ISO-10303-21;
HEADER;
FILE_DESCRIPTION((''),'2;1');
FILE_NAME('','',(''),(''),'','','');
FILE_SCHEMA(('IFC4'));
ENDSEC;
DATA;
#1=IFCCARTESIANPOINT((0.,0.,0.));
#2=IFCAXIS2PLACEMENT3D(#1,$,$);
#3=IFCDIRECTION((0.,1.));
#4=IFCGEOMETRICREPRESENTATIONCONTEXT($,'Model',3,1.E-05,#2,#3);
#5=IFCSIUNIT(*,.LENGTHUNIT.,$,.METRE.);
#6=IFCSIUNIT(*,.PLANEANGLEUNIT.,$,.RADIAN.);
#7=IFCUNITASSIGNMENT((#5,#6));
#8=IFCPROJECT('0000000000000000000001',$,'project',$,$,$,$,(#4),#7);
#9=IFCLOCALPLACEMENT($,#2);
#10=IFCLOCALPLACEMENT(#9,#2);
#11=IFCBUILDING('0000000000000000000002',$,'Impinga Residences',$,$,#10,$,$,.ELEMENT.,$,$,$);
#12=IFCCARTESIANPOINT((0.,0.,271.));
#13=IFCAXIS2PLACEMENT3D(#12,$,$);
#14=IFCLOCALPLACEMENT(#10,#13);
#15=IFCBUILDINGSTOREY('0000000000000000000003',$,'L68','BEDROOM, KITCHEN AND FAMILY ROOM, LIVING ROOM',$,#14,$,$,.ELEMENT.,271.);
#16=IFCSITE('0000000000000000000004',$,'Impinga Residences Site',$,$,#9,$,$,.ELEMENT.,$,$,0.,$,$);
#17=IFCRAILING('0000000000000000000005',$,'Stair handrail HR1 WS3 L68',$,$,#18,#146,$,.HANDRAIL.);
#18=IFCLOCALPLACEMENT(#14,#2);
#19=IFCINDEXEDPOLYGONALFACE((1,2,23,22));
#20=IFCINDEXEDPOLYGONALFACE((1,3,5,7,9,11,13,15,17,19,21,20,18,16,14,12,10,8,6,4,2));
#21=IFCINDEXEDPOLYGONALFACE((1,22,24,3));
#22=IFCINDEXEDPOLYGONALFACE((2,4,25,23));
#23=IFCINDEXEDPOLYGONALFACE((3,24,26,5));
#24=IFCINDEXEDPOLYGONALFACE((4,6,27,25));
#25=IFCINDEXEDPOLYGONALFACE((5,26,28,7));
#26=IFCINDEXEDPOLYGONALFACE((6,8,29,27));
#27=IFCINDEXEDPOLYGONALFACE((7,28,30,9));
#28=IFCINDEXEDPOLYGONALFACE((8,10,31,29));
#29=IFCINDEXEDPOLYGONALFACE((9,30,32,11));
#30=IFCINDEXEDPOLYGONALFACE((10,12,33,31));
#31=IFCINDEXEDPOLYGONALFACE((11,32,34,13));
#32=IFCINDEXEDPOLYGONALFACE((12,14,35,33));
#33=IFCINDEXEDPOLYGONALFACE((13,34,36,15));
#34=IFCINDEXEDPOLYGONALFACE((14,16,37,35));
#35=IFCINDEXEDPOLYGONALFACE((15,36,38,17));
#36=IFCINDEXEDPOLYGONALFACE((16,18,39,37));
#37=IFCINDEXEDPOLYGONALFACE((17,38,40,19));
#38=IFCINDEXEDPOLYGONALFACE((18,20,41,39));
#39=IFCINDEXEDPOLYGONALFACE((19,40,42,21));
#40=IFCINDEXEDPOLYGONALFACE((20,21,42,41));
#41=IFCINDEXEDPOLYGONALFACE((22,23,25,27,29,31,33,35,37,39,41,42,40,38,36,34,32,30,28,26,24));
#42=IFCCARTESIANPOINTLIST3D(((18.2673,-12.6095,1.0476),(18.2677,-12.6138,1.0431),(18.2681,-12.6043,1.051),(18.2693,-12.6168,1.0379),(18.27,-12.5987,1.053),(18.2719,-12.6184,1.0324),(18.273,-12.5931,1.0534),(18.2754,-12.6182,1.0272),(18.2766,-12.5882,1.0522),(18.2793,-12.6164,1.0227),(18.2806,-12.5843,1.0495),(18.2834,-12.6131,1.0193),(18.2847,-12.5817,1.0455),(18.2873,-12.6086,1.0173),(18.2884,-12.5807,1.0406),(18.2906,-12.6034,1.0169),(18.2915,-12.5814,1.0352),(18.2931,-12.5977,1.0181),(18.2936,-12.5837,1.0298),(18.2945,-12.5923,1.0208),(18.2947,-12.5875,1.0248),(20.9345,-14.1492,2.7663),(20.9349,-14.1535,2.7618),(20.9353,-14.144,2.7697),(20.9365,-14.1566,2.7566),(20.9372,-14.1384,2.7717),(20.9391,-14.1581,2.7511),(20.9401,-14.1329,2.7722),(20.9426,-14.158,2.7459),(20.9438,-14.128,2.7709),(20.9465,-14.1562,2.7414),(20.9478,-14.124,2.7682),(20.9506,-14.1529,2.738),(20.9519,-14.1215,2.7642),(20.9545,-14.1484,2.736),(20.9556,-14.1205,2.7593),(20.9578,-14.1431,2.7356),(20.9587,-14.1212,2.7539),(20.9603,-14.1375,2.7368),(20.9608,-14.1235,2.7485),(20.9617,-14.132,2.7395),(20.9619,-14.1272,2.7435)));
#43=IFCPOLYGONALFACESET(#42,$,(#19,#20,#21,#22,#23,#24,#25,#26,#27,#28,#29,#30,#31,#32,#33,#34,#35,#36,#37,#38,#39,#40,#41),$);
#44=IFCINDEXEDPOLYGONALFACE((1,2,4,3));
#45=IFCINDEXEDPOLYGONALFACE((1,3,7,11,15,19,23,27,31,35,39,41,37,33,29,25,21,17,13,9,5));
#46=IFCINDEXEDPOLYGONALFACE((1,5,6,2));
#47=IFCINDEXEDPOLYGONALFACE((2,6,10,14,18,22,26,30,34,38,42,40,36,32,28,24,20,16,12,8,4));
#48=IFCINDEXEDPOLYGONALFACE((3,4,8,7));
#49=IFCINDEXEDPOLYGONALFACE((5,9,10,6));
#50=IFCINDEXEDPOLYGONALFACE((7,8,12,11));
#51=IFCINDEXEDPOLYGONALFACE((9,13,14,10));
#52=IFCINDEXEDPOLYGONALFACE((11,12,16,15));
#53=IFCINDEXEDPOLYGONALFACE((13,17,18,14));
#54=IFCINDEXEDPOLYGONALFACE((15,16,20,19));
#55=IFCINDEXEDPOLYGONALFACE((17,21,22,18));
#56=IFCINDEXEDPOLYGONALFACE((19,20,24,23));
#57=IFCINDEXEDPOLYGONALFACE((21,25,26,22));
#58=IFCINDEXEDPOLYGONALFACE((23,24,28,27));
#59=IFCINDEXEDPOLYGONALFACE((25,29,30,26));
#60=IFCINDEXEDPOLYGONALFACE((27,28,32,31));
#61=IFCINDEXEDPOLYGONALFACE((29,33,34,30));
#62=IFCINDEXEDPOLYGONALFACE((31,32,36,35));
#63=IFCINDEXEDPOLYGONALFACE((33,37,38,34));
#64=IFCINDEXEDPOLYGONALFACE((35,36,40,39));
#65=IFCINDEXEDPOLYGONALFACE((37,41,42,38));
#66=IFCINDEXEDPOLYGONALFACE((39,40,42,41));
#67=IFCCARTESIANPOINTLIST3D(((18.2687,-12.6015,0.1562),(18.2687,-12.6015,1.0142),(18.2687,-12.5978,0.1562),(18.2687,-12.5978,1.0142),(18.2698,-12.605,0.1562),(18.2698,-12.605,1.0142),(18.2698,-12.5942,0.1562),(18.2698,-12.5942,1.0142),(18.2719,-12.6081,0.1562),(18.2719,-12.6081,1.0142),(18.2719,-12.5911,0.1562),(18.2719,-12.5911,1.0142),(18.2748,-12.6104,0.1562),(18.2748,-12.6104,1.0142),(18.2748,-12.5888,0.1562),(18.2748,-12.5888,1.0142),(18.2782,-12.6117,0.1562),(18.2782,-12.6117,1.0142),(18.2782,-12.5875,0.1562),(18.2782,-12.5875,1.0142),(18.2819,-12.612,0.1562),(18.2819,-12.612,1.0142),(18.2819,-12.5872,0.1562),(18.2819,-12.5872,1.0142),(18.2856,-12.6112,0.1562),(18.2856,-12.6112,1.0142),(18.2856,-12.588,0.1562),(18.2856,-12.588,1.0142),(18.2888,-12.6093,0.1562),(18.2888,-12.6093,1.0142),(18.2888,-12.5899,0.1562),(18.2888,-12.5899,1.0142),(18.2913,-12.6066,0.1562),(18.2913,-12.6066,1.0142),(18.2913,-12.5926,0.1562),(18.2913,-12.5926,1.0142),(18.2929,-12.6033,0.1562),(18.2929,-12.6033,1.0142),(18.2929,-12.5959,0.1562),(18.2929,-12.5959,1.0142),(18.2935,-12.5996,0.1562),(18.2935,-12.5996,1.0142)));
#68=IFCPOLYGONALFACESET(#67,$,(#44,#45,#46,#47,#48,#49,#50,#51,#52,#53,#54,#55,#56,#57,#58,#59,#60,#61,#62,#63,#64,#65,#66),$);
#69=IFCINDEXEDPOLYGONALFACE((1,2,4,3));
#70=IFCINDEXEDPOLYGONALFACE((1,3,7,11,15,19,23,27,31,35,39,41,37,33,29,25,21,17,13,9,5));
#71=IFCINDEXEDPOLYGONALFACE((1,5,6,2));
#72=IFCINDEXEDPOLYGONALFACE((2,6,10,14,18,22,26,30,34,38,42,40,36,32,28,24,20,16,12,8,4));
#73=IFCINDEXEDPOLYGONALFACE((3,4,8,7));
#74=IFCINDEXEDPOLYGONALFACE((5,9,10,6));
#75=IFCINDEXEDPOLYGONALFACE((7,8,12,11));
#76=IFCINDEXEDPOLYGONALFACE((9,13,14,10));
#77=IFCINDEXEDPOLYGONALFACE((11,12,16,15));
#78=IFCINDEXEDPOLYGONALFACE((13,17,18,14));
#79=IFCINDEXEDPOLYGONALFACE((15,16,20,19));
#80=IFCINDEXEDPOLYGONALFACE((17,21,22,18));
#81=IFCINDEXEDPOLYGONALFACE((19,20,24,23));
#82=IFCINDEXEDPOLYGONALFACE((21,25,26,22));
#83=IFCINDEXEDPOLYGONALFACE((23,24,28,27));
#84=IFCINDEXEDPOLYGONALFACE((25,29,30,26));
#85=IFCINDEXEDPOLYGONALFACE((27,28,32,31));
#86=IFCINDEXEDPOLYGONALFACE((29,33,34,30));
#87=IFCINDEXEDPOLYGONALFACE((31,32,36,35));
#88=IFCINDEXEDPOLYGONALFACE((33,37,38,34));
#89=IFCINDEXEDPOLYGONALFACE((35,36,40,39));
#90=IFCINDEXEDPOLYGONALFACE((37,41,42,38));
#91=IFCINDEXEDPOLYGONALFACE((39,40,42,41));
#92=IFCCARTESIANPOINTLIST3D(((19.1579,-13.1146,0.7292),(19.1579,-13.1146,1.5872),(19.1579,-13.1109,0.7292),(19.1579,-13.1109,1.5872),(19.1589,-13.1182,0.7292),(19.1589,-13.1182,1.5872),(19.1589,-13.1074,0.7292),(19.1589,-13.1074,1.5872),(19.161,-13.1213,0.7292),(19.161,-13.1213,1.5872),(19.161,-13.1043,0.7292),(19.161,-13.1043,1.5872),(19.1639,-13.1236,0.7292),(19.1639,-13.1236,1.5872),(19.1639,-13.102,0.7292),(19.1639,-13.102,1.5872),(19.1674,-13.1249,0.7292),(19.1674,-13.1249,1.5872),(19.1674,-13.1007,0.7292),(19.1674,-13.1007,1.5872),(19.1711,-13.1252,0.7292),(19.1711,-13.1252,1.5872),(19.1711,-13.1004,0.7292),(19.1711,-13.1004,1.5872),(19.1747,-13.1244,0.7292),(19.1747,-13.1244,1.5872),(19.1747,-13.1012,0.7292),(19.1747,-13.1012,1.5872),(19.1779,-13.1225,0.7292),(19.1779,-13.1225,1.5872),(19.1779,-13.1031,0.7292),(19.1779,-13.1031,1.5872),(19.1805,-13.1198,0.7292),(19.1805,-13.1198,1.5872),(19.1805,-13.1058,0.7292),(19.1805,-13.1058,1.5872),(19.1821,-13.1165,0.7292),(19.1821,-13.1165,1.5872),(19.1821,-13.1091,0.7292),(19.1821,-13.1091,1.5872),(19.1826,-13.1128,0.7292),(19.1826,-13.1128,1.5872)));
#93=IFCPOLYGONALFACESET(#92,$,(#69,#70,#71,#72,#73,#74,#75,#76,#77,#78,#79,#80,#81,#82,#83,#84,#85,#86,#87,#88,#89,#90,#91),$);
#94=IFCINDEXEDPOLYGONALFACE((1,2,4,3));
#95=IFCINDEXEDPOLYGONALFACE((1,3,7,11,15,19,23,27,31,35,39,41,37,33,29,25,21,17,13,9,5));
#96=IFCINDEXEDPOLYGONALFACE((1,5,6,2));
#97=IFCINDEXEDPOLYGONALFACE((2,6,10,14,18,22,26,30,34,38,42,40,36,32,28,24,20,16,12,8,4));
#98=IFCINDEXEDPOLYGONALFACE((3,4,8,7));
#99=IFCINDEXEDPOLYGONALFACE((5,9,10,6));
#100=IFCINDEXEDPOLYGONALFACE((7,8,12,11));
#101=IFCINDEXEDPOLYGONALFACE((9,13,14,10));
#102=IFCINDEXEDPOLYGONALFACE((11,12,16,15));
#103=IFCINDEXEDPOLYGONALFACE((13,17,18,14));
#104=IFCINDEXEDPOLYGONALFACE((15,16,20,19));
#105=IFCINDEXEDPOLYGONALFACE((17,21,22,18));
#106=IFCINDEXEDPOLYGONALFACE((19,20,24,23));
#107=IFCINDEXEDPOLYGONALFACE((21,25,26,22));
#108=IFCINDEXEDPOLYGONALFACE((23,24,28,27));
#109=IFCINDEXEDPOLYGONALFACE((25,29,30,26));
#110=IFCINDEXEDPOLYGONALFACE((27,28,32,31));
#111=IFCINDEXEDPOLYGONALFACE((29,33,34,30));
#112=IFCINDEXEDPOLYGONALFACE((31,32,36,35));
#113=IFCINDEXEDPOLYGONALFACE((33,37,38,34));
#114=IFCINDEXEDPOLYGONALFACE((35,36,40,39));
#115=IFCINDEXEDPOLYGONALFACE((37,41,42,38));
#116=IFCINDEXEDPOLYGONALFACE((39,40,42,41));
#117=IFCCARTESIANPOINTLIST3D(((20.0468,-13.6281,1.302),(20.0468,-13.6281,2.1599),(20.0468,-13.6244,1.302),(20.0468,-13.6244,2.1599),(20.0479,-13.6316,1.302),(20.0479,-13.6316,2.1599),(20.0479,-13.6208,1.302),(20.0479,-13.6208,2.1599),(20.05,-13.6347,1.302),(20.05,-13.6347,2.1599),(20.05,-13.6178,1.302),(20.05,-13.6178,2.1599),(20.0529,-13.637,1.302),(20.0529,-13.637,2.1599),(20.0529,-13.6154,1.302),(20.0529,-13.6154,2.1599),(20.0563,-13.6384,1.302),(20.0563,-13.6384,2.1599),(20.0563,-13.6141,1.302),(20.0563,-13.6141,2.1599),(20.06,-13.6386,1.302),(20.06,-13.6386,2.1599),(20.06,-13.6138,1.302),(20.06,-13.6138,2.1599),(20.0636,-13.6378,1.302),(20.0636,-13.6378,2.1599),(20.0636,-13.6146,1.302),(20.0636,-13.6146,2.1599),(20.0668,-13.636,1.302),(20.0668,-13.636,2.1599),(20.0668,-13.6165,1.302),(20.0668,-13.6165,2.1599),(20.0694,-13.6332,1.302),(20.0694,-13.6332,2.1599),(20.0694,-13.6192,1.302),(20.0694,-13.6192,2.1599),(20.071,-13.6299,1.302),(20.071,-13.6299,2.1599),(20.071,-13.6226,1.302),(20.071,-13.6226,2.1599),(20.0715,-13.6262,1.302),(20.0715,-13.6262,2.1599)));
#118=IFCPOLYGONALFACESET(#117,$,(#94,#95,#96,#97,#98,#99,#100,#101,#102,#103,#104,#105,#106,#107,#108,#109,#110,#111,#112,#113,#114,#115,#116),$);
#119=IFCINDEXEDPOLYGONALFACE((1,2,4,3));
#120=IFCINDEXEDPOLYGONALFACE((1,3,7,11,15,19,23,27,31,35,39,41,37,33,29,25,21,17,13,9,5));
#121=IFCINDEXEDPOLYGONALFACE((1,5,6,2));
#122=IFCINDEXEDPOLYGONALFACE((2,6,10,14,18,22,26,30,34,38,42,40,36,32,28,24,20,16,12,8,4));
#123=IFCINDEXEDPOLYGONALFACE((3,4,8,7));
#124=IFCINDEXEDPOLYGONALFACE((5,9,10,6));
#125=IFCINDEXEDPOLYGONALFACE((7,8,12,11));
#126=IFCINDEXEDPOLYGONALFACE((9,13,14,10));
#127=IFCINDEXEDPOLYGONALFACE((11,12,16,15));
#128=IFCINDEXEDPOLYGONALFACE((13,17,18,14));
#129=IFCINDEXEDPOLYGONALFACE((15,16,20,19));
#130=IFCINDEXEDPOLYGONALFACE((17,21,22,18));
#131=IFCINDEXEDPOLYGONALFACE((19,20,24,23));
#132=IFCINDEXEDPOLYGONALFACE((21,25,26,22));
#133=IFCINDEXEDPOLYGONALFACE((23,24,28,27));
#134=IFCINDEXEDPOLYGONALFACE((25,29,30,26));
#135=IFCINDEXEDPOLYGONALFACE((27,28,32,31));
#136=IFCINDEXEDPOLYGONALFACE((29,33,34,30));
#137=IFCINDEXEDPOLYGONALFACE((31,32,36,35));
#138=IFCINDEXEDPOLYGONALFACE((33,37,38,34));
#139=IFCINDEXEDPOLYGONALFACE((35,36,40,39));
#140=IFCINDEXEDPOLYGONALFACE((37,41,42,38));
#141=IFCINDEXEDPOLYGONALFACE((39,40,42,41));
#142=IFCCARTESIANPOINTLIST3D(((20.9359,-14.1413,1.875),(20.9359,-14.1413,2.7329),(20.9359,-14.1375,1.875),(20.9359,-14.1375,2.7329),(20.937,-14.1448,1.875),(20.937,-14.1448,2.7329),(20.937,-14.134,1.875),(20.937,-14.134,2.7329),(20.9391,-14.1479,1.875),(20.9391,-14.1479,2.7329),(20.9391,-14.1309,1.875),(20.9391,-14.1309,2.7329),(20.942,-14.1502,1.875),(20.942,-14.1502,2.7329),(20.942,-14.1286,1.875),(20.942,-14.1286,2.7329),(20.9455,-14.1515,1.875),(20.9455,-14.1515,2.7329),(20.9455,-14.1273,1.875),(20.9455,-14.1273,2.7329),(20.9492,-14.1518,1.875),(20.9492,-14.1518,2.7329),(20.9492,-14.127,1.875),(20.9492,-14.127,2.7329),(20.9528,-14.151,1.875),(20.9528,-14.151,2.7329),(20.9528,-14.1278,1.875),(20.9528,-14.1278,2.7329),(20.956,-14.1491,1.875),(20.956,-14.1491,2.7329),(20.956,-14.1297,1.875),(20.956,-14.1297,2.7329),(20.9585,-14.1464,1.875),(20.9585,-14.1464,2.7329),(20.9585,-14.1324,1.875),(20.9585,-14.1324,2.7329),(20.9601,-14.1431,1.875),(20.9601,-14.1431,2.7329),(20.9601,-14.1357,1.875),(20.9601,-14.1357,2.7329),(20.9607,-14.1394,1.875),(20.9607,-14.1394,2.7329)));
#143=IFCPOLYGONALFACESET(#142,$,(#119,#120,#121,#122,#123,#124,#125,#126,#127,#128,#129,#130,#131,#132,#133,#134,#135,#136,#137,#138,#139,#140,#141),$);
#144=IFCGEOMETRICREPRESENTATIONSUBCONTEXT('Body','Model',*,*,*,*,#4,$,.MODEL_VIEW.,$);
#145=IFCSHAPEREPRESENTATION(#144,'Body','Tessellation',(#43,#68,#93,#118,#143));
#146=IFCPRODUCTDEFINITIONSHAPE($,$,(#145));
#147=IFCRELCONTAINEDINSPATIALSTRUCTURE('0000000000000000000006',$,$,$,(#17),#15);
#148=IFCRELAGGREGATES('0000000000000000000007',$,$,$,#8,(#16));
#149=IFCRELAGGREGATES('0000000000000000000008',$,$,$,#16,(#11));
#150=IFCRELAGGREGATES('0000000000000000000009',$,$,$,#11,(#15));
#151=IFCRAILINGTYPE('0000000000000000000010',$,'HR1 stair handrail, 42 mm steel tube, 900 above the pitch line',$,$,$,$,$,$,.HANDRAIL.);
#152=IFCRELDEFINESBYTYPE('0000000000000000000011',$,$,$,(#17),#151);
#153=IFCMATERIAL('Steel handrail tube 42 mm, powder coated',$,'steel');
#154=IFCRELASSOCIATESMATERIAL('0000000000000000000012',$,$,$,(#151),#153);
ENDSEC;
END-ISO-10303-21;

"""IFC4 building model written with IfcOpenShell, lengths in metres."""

from ifc_helpers import new_model, si_unit, direction, frame, origin, origin_2d, place, context, subcontext, project, spatial, circle, extrude, material, type_object, element, save


model = new_model("IFC4")

# Units and contexts
model_context = context("Model", 3, precision=1e-05, world=origin(), true_north=direction((0.0, 1.0)))
body_context = subcontext(model_context, "Body", "Model", "MODEL_VIEW")
ifc_project = project(units=[si_unit("LENGTHUNIT", "METRE"), si_unit("PLANEANGLEUNIT", "RADIAN")], contexts=[model_context])

# Site, building, storey
site_placement = place(None, origin())
site = spatial("IfcSite", under=ifc_project, at=site_placement, Name="Impinga Residences Site", CompositionType="ELEMENT", RefElevation=0.0)
building_placement = place(site_placement, origin())
building = spatial("IfcBuilding", under=site, at=building_placement, Name="Impinga Residences", CompositionType="ELEMENT")
storey_placement = place(building_placement, frame((0.0, 0.0, 271.0)))
storey = spatial("IfcBuildingStorey", under=building, at=storey_placement, Name="L68", Description="BEDROOM, KITCHEN AND FAMILY ROOM, LIVING ROOM", CompositionType="ELEMENT", Elevation=271.0)

# Railing
ifc_material_1 = material(Name="Steel handrail tube 42 mm, powder coated", Category="steel")
railing_type = type_object("IfcRailingType", Name="HR1 stair handrail, 42 mm steel tube, 900 above the pitch line", PredefinedType="HANDRAIL", material=ifc_material_1)
railing_placement = place(storey_placement, frame((18.281, -12.5996, 0.1562)))
element("IfcRailing", 1, at=railing_placement, inside=storey, type_object=railing_type, Name="Stair handrail HR1 WS3 L68", PredefinedType="HANDRAIL", context=body_context, shape_type="SweptSolid", body=[
    extrude(circle(Radius=0.021, at=origin_2d()), frame((0.0, 0.0, 0.8789), z_axis=(0.756249, -0.436582, 0.487322), x_axis=(0.499967, 0.866044, 0.0)), (0.0, 0.0, 1.0), 3.5269),
    extrude(circle(Radius=0.0125, at=origin_2d()), origin(), (0.0, 0.0, 1.0), 0.8579),
    extrude(circle(Radius=0.0125, at=origin_2d()), frame((0.8892, -0.5132, 0.573)), (0.0, 0.0, 1.0), 0.8579),
    extrude(circle(Radius=0.0125, at=origin_2d()), frame((1.7781, -1.0266, 1.1458)), (0.0, 0.0, 1.0), 0.8579),
    extrude(circle(Radius=0.0125, at=origin_2d()), frame((2.6672, -1.5398, 1.7188)), (0.0, 0.0, 1.0), 0.8579),
])

save(model, "model.ifc")
